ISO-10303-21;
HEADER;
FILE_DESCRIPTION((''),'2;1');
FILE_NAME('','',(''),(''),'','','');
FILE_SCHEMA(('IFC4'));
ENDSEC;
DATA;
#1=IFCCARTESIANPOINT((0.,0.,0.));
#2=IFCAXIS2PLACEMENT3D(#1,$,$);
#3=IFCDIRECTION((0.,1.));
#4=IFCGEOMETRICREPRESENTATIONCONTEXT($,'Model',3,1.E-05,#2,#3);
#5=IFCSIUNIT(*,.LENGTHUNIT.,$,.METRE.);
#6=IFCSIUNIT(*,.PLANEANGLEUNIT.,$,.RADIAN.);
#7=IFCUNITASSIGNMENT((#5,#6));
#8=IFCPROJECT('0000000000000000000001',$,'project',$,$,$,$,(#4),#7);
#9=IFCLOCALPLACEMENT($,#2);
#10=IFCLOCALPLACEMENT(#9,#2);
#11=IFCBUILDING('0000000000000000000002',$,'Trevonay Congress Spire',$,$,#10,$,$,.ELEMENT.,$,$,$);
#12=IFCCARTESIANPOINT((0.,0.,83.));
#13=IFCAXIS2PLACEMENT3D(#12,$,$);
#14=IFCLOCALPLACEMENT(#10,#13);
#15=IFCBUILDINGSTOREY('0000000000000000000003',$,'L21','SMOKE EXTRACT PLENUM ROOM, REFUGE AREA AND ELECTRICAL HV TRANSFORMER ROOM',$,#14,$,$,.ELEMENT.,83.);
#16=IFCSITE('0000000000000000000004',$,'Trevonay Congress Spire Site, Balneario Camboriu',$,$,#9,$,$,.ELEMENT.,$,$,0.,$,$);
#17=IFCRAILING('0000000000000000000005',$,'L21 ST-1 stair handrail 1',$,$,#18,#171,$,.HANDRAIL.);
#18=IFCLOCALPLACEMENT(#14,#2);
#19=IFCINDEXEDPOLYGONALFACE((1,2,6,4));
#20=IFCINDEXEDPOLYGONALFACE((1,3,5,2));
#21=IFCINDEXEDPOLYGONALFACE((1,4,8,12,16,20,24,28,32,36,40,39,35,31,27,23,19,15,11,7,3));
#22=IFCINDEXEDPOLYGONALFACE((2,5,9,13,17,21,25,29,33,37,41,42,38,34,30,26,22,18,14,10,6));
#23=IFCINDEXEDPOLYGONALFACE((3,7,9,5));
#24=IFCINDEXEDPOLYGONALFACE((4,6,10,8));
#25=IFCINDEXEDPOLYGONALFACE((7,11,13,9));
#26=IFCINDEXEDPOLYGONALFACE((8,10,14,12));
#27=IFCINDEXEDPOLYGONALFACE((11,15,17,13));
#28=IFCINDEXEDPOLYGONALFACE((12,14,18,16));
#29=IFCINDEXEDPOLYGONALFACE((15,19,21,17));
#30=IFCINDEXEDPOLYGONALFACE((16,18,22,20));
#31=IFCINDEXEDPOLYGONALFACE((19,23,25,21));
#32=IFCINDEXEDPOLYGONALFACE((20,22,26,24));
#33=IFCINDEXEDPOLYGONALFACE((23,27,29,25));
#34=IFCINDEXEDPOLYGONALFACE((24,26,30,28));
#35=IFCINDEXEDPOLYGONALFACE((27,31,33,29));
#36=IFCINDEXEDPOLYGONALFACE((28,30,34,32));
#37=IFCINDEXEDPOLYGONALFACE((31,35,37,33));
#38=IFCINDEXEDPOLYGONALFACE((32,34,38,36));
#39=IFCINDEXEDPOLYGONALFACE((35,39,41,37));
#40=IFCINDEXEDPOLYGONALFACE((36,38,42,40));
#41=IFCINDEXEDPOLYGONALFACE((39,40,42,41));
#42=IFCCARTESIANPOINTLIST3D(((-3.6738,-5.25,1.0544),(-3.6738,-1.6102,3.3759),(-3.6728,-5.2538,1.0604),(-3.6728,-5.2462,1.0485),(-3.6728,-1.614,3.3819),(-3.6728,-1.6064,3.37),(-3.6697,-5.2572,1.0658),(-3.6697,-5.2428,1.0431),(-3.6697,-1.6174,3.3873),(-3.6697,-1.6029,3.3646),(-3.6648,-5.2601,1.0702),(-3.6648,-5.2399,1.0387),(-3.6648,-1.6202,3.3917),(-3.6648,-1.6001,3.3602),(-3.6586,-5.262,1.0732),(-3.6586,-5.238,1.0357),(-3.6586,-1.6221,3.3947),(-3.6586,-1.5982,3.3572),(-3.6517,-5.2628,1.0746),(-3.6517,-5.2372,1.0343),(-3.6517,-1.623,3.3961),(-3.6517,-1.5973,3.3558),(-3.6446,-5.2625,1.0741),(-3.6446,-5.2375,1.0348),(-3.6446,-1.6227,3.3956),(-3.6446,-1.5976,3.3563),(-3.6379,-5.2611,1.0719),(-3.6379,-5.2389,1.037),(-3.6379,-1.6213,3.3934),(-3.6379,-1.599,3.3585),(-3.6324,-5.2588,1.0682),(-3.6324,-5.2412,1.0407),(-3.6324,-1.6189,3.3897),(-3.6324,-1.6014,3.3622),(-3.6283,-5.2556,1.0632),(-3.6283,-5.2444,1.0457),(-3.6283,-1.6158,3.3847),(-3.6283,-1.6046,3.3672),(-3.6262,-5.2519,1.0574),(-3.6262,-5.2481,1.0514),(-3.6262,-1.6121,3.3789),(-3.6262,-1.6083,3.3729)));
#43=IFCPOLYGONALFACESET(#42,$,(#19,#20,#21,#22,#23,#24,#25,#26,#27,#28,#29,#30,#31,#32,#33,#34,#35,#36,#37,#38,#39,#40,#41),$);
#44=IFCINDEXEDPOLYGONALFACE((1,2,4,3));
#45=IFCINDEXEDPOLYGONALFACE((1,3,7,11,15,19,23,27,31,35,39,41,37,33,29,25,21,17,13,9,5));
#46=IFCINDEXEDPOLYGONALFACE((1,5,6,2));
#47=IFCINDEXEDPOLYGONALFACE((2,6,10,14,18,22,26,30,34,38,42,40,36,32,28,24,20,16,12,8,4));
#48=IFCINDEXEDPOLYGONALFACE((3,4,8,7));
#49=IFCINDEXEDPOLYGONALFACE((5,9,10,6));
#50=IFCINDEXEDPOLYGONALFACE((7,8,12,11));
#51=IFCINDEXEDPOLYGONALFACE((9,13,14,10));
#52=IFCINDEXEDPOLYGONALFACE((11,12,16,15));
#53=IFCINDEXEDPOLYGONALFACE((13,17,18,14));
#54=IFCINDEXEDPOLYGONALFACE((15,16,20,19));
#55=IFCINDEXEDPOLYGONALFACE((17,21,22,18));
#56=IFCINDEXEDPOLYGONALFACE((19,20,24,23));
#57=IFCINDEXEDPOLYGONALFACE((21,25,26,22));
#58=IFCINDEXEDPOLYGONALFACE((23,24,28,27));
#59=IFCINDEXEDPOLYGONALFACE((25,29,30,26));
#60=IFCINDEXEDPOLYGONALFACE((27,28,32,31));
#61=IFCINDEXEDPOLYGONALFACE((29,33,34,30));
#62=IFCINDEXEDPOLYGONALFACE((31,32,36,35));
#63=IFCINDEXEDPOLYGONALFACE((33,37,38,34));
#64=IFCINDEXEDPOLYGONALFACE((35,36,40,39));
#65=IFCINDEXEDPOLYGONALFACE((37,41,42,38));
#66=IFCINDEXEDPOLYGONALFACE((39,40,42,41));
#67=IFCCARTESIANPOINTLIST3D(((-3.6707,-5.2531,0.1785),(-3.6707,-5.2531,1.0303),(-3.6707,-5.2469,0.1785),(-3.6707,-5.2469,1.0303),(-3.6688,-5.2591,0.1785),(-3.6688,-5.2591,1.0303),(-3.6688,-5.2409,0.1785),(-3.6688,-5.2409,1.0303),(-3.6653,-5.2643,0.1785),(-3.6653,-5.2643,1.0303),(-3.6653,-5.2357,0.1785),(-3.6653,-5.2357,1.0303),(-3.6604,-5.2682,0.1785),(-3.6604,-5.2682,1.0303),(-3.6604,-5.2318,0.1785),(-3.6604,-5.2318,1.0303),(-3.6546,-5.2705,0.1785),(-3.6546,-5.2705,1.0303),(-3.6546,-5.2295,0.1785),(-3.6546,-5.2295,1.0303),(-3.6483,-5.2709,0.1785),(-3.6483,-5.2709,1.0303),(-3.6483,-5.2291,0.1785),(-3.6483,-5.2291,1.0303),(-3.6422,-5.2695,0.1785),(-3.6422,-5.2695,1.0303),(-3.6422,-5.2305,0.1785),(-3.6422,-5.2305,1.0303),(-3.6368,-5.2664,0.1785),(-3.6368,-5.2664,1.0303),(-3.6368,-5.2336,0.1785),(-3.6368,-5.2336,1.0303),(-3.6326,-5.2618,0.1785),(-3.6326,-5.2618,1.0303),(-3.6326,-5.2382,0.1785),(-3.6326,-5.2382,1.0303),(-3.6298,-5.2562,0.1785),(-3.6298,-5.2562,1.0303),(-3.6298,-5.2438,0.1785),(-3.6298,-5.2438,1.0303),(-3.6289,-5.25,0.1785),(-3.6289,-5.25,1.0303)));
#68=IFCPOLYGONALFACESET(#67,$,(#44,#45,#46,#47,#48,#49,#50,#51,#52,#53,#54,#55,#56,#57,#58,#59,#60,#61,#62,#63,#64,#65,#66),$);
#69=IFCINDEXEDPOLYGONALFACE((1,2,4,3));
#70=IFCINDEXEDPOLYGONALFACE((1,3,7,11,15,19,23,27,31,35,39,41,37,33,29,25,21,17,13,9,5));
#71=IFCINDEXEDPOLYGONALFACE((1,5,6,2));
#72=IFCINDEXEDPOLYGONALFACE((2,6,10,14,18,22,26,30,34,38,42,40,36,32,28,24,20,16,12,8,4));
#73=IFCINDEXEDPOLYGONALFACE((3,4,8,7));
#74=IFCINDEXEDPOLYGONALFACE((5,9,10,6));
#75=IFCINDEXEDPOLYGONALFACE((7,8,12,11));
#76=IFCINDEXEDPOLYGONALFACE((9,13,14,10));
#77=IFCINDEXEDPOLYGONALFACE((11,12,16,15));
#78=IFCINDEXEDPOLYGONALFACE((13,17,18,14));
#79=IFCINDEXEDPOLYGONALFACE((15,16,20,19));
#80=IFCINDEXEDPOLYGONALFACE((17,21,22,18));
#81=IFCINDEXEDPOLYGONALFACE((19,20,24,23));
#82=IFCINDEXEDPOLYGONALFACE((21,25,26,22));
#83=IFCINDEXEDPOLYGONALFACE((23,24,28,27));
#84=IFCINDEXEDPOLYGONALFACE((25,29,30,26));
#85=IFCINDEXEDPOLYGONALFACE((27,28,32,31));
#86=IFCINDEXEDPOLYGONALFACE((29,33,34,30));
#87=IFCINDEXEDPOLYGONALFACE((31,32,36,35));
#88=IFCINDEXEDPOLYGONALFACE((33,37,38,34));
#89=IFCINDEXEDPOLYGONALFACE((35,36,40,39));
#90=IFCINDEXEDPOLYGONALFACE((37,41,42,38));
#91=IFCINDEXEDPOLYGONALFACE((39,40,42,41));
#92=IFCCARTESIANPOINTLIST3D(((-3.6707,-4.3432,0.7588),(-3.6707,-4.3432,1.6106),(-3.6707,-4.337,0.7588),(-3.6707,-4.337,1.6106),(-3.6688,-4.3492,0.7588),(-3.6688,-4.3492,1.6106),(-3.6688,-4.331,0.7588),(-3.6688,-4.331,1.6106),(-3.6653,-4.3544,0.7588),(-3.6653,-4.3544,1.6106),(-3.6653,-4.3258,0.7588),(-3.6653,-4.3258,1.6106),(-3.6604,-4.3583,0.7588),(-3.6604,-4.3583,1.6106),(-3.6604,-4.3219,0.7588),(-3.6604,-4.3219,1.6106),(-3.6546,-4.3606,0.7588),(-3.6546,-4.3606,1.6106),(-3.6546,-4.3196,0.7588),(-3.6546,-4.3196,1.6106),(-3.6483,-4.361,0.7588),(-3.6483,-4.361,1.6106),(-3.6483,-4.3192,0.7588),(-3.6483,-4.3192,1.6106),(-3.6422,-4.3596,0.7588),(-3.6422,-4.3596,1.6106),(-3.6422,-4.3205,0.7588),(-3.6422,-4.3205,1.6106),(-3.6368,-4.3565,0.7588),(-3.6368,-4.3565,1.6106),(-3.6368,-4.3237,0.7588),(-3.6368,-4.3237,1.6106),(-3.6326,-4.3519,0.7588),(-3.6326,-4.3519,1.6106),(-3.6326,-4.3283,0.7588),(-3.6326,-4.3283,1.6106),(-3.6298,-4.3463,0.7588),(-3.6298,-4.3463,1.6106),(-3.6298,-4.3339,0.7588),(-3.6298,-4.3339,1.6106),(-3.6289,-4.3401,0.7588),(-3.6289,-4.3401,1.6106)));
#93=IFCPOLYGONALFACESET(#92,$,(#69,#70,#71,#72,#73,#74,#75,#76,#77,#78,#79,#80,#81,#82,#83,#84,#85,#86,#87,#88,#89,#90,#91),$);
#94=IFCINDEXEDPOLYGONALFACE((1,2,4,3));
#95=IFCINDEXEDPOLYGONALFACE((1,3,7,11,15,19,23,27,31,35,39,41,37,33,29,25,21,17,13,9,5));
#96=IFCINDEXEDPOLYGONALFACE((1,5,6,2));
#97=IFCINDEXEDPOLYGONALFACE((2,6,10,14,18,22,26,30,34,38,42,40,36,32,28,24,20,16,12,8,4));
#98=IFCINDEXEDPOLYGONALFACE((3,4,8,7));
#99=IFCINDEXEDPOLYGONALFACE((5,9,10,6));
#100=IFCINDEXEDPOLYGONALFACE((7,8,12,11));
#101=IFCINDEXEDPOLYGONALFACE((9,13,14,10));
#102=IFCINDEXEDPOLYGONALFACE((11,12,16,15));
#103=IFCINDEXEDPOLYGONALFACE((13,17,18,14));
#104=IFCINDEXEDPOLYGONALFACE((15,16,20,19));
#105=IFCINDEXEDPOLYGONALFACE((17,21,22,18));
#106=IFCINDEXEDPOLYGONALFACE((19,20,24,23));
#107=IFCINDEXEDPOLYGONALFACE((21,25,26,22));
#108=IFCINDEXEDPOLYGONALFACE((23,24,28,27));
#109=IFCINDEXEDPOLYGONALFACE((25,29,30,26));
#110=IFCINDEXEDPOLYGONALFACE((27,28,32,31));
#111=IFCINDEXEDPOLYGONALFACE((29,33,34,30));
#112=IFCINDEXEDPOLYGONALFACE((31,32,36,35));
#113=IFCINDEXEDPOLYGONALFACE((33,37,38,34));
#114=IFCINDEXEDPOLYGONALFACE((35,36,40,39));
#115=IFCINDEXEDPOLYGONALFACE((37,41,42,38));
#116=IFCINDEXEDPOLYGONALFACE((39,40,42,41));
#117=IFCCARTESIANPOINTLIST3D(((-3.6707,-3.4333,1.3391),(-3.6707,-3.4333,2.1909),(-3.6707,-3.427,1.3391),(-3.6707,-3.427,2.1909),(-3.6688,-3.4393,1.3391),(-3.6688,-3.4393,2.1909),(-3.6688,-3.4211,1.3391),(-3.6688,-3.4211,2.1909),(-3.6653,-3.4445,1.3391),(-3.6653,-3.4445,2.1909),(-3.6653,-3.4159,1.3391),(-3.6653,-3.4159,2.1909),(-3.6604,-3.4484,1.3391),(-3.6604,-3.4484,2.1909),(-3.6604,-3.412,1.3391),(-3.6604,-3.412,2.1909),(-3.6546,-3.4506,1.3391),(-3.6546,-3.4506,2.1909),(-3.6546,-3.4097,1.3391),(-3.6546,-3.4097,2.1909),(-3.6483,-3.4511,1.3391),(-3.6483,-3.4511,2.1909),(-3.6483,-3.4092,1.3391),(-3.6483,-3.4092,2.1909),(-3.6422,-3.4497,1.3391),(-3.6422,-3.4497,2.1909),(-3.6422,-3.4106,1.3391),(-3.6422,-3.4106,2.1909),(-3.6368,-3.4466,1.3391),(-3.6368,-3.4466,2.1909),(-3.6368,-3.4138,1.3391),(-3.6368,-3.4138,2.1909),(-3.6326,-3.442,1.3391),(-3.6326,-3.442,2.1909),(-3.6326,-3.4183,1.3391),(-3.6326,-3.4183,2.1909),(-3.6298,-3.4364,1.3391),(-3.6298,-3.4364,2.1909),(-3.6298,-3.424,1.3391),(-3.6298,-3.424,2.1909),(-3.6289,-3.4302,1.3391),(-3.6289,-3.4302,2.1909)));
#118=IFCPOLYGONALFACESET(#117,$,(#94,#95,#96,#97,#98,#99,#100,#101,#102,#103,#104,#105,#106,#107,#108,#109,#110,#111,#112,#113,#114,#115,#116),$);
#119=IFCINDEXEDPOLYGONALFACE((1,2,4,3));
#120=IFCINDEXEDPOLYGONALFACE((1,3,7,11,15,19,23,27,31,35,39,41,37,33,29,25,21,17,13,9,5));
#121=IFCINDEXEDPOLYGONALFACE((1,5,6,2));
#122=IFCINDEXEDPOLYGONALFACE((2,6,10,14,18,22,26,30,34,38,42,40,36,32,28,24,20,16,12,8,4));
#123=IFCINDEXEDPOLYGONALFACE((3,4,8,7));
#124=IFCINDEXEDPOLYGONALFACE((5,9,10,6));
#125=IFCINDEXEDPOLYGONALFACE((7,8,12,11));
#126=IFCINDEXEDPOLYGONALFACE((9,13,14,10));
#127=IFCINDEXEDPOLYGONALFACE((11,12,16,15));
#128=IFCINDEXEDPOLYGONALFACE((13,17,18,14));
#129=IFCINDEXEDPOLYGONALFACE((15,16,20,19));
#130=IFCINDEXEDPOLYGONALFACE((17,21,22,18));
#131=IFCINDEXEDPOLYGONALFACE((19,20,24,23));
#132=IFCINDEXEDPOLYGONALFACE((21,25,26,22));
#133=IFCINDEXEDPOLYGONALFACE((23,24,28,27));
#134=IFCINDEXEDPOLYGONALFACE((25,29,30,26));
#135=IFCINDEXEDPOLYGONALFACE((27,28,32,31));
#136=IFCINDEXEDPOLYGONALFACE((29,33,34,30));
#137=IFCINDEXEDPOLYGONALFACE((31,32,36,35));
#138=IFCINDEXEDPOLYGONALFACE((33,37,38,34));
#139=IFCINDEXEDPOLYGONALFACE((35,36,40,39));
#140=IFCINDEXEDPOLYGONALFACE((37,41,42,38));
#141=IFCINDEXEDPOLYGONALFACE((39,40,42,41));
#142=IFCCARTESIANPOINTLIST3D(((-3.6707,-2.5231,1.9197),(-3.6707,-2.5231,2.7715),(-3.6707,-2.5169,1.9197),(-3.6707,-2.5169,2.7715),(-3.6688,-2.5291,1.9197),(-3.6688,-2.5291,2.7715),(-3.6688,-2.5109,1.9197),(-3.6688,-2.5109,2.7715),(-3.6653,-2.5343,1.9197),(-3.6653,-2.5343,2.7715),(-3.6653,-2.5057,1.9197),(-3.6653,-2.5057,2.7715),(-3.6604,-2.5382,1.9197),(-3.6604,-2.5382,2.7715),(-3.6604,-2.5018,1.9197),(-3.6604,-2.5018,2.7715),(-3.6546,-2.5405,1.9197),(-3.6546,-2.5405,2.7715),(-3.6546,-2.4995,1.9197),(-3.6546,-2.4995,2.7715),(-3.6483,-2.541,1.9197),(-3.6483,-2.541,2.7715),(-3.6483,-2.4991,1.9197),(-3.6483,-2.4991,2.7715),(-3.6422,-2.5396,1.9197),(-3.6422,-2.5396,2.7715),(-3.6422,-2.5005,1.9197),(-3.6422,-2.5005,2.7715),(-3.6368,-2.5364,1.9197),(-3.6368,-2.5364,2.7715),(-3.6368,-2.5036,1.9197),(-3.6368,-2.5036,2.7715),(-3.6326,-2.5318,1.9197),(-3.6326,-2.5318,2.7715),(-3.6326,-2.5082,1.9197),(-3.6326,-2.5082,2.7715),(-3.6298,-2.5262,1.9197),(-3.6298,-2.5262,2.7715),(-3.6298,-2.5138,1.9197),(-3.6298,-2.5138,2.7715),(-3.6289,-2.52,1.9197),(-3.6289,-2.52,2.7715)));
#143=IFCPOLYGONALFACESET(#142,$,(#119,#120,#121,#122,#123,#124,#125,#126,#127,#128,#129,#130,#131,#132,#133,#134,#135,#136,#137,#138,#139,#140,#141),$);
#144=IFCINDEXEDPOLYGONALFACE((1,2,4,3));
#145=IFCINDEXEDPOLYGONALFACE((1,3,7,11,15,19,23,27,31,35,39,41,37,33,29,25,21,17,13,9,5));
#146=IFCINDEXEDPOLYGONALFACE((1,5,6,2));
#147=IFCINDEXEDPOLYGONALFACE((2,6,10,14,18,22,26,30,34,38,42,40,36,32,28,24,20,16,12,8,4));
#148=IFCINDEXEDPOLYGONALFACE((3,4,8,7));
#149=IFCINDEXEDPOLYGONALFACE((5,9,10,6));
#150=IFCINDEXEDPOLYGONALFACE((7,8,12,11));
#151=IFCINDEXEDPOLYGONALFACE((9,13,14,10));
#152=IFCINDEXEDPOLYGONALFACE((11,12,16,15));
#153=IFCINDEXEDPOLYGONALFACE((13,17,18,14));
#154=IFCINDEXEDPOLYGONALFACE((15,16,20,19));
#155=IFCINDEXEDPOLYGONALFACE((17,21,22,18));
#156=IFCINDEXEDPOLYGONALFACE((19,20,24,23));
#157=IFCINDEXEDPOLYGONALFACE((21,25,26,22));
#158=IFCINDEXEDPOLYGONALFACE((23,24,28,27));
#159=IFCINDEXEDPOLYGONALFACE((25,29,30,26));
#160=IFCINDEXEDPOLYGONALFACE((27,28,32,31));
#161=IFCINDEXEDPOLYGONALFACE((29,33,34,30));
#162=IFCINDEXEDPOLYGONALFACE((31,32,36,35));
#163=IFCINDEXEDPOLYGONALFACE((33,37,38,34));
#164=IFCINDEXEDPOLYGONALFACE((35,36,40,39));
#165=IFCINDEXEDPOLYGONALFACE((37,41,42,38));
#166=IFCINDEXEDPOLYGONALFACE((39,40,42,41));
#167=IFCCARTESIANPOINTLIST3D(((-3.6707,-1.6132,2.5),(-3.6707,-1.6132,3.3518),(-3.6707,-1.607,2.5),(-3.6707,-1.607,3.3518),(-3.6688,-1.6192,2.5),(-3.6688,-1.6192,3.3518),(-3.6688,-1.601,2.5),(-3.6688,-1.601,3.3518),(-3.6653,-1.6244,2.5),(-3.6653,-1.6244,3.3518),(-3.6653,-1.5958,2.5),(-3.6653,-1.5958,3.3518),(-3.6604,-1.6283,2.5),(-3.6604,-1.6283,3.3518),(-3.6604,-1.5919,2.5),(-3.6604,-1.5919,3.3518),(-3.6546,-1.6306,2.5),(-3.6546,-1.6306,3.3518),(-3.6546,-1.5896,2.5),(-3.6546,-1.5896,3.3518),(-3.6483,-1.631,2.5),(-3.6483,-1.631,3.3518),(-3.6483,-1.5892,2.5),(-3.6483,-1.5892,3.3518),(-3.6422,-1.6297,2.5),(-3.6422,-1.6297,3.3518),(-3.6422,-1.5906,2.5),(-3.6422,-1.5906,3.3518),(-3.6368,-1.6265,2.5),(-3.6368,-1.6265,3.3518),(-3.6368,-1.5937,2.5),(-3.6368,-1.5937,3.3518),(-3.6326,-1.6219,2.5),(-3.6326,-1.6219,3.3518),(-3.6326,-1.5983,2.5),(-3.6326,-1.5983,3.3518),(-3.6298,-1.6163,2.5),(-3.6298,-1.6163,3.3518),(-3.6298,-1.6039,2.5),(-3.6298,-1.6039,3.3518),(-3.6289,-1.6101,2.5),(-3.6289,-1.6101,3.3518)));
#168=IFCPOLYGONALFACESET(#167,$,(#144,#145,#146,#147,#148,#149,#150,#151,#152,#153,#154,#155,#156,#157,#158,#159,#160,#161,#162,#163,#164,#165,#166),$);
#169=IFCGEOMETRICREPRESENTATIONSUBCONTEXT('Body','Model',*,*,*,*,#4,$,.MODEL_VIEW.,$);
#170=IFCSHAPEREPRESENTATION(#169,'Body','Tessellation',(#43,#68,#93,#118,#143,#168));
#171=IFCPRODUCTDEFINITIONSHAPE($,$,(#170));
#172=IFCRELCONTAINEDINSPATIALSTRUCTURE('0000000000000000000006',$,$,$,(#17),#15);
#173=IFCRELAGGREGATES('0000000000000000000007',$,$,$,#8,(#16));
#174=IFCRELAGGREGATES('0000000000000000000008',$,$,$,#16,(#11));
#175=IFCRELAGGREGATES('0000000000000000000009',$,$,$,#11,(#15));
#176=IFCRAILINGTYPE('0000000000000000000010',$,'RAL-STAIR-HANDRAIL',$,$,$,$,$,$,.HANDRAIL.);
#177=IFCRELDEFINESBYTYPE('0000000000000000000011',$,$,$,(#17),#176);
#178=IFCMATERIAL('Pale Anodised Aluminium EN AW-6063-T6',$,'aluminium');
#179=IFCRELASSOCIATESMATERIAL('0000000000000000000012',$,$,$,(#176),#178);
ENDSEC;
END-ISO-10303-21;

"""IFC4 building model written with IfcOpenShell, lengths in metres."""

from ifc_helpers import new_model, si_unit, direction, frame, origin, origin_2d, place, context, subcontext, project, spatial, circle, extrude, material, type_object, element, save


model = new_model("IFC4")

# Units and contexts
model_context = context("Model", 3, precision=1e-05, world=origin(), true_north=direction((0.0, 1.0)))
body_context = subcontext(model_context, "Body", "Model", "MODEL_VIEW")
ifc_project = project(units=[si_unit("LENGTHUNIT", "METRE"), si_unit("PLANEANGLEUNIT", "RADIAN")], contexts=[model_context])

# Site, building, storey
site_placement = place(None, origin())
site = spatial("IfcSite", under=ifc_project, at=site_placement, Name="Trevonay Congress Spire Site, Balneario Camboriu", CompositionType="ELEMENT", RefElevation=0.0)
building_placement = place(site_placement, origin())
building = spatial("IfcBuilding", under=site, at=building_placement, Name="Trevonay Congress Spire", CompositionType="ELEMENT")
storey_placement = place(building_placement, frame((0.0, 0.0, 83.0)))
storey = spatial("IfcBuildingStorey", under=building, at=storey_placement, Name="L21", Description="SMOKE EXTRACT PLENUM ROOM, REFUGE AREA AND ELECTRICAL HV TRANSFORMER ROOM", CompositionType="ELEMENT", Elevation=83.0)

# Shared definitions
ifc_material_1 = material(Name="Pale Anodised Aluminium EN AW-6063-T6", Category="aluminium")

# Railing
railing_type_1 = type_object("IfcRailingType", Name="RAL-STAIR-HANDRAIL", PredefinedType="HANDRAIL", material=ifc_material_1)
railing_1_placement = place(storey_placement, frame((-3.6499, -5.25, 0.1785)))
element("IfcRailing", 1, at=railing_1_placement, inside=storey, type_object=railing_type_1, Name="L21 ST-1 stair handrail 1", PredefinedType="HANDRAIL", context=body_context, shape_type="SweptSolid", body=[
    extrude(circle(Radius=0.0239, at=origin_2d()), frame((0.0, 0.0, 0.876), z_axis=(0.0, 0.843112, 0.537739), x_axis=(-1.0, 0.0, 0.0)), (0.0, 0.0, 1.0), 4.3171),
    extrude(circle(Radius=0.021, at=origin_2d()), origin(), (0.0, 0.0, 1.0), 0.8518),
    extrude(circle(Radius=0.021, at=origin_2d()), frame((0.0, 0.9099, 0.5803)), (0.0, 0.0, 1.0), 0.8518),
    extrude(circle(Radius=0.021, at=origin_2d()), frame((0.0, 1.8198, 1.1606)), (0.0, 0.0, 1.0), 0.8518),
    extrude(circle(Radius=0.021, at=origin_2d()), frame((0.0, 2.73, 1.7412)), (0.0, 0.0, 1.0), 0.8518),
    extrude(circle(Radius=0.021, at=origin_2d()), frame((0.0, 3.6399, 2.3215)), (0.0, 0.0, 1.0), 0.8518),
])

save(model, "model.ifc")
